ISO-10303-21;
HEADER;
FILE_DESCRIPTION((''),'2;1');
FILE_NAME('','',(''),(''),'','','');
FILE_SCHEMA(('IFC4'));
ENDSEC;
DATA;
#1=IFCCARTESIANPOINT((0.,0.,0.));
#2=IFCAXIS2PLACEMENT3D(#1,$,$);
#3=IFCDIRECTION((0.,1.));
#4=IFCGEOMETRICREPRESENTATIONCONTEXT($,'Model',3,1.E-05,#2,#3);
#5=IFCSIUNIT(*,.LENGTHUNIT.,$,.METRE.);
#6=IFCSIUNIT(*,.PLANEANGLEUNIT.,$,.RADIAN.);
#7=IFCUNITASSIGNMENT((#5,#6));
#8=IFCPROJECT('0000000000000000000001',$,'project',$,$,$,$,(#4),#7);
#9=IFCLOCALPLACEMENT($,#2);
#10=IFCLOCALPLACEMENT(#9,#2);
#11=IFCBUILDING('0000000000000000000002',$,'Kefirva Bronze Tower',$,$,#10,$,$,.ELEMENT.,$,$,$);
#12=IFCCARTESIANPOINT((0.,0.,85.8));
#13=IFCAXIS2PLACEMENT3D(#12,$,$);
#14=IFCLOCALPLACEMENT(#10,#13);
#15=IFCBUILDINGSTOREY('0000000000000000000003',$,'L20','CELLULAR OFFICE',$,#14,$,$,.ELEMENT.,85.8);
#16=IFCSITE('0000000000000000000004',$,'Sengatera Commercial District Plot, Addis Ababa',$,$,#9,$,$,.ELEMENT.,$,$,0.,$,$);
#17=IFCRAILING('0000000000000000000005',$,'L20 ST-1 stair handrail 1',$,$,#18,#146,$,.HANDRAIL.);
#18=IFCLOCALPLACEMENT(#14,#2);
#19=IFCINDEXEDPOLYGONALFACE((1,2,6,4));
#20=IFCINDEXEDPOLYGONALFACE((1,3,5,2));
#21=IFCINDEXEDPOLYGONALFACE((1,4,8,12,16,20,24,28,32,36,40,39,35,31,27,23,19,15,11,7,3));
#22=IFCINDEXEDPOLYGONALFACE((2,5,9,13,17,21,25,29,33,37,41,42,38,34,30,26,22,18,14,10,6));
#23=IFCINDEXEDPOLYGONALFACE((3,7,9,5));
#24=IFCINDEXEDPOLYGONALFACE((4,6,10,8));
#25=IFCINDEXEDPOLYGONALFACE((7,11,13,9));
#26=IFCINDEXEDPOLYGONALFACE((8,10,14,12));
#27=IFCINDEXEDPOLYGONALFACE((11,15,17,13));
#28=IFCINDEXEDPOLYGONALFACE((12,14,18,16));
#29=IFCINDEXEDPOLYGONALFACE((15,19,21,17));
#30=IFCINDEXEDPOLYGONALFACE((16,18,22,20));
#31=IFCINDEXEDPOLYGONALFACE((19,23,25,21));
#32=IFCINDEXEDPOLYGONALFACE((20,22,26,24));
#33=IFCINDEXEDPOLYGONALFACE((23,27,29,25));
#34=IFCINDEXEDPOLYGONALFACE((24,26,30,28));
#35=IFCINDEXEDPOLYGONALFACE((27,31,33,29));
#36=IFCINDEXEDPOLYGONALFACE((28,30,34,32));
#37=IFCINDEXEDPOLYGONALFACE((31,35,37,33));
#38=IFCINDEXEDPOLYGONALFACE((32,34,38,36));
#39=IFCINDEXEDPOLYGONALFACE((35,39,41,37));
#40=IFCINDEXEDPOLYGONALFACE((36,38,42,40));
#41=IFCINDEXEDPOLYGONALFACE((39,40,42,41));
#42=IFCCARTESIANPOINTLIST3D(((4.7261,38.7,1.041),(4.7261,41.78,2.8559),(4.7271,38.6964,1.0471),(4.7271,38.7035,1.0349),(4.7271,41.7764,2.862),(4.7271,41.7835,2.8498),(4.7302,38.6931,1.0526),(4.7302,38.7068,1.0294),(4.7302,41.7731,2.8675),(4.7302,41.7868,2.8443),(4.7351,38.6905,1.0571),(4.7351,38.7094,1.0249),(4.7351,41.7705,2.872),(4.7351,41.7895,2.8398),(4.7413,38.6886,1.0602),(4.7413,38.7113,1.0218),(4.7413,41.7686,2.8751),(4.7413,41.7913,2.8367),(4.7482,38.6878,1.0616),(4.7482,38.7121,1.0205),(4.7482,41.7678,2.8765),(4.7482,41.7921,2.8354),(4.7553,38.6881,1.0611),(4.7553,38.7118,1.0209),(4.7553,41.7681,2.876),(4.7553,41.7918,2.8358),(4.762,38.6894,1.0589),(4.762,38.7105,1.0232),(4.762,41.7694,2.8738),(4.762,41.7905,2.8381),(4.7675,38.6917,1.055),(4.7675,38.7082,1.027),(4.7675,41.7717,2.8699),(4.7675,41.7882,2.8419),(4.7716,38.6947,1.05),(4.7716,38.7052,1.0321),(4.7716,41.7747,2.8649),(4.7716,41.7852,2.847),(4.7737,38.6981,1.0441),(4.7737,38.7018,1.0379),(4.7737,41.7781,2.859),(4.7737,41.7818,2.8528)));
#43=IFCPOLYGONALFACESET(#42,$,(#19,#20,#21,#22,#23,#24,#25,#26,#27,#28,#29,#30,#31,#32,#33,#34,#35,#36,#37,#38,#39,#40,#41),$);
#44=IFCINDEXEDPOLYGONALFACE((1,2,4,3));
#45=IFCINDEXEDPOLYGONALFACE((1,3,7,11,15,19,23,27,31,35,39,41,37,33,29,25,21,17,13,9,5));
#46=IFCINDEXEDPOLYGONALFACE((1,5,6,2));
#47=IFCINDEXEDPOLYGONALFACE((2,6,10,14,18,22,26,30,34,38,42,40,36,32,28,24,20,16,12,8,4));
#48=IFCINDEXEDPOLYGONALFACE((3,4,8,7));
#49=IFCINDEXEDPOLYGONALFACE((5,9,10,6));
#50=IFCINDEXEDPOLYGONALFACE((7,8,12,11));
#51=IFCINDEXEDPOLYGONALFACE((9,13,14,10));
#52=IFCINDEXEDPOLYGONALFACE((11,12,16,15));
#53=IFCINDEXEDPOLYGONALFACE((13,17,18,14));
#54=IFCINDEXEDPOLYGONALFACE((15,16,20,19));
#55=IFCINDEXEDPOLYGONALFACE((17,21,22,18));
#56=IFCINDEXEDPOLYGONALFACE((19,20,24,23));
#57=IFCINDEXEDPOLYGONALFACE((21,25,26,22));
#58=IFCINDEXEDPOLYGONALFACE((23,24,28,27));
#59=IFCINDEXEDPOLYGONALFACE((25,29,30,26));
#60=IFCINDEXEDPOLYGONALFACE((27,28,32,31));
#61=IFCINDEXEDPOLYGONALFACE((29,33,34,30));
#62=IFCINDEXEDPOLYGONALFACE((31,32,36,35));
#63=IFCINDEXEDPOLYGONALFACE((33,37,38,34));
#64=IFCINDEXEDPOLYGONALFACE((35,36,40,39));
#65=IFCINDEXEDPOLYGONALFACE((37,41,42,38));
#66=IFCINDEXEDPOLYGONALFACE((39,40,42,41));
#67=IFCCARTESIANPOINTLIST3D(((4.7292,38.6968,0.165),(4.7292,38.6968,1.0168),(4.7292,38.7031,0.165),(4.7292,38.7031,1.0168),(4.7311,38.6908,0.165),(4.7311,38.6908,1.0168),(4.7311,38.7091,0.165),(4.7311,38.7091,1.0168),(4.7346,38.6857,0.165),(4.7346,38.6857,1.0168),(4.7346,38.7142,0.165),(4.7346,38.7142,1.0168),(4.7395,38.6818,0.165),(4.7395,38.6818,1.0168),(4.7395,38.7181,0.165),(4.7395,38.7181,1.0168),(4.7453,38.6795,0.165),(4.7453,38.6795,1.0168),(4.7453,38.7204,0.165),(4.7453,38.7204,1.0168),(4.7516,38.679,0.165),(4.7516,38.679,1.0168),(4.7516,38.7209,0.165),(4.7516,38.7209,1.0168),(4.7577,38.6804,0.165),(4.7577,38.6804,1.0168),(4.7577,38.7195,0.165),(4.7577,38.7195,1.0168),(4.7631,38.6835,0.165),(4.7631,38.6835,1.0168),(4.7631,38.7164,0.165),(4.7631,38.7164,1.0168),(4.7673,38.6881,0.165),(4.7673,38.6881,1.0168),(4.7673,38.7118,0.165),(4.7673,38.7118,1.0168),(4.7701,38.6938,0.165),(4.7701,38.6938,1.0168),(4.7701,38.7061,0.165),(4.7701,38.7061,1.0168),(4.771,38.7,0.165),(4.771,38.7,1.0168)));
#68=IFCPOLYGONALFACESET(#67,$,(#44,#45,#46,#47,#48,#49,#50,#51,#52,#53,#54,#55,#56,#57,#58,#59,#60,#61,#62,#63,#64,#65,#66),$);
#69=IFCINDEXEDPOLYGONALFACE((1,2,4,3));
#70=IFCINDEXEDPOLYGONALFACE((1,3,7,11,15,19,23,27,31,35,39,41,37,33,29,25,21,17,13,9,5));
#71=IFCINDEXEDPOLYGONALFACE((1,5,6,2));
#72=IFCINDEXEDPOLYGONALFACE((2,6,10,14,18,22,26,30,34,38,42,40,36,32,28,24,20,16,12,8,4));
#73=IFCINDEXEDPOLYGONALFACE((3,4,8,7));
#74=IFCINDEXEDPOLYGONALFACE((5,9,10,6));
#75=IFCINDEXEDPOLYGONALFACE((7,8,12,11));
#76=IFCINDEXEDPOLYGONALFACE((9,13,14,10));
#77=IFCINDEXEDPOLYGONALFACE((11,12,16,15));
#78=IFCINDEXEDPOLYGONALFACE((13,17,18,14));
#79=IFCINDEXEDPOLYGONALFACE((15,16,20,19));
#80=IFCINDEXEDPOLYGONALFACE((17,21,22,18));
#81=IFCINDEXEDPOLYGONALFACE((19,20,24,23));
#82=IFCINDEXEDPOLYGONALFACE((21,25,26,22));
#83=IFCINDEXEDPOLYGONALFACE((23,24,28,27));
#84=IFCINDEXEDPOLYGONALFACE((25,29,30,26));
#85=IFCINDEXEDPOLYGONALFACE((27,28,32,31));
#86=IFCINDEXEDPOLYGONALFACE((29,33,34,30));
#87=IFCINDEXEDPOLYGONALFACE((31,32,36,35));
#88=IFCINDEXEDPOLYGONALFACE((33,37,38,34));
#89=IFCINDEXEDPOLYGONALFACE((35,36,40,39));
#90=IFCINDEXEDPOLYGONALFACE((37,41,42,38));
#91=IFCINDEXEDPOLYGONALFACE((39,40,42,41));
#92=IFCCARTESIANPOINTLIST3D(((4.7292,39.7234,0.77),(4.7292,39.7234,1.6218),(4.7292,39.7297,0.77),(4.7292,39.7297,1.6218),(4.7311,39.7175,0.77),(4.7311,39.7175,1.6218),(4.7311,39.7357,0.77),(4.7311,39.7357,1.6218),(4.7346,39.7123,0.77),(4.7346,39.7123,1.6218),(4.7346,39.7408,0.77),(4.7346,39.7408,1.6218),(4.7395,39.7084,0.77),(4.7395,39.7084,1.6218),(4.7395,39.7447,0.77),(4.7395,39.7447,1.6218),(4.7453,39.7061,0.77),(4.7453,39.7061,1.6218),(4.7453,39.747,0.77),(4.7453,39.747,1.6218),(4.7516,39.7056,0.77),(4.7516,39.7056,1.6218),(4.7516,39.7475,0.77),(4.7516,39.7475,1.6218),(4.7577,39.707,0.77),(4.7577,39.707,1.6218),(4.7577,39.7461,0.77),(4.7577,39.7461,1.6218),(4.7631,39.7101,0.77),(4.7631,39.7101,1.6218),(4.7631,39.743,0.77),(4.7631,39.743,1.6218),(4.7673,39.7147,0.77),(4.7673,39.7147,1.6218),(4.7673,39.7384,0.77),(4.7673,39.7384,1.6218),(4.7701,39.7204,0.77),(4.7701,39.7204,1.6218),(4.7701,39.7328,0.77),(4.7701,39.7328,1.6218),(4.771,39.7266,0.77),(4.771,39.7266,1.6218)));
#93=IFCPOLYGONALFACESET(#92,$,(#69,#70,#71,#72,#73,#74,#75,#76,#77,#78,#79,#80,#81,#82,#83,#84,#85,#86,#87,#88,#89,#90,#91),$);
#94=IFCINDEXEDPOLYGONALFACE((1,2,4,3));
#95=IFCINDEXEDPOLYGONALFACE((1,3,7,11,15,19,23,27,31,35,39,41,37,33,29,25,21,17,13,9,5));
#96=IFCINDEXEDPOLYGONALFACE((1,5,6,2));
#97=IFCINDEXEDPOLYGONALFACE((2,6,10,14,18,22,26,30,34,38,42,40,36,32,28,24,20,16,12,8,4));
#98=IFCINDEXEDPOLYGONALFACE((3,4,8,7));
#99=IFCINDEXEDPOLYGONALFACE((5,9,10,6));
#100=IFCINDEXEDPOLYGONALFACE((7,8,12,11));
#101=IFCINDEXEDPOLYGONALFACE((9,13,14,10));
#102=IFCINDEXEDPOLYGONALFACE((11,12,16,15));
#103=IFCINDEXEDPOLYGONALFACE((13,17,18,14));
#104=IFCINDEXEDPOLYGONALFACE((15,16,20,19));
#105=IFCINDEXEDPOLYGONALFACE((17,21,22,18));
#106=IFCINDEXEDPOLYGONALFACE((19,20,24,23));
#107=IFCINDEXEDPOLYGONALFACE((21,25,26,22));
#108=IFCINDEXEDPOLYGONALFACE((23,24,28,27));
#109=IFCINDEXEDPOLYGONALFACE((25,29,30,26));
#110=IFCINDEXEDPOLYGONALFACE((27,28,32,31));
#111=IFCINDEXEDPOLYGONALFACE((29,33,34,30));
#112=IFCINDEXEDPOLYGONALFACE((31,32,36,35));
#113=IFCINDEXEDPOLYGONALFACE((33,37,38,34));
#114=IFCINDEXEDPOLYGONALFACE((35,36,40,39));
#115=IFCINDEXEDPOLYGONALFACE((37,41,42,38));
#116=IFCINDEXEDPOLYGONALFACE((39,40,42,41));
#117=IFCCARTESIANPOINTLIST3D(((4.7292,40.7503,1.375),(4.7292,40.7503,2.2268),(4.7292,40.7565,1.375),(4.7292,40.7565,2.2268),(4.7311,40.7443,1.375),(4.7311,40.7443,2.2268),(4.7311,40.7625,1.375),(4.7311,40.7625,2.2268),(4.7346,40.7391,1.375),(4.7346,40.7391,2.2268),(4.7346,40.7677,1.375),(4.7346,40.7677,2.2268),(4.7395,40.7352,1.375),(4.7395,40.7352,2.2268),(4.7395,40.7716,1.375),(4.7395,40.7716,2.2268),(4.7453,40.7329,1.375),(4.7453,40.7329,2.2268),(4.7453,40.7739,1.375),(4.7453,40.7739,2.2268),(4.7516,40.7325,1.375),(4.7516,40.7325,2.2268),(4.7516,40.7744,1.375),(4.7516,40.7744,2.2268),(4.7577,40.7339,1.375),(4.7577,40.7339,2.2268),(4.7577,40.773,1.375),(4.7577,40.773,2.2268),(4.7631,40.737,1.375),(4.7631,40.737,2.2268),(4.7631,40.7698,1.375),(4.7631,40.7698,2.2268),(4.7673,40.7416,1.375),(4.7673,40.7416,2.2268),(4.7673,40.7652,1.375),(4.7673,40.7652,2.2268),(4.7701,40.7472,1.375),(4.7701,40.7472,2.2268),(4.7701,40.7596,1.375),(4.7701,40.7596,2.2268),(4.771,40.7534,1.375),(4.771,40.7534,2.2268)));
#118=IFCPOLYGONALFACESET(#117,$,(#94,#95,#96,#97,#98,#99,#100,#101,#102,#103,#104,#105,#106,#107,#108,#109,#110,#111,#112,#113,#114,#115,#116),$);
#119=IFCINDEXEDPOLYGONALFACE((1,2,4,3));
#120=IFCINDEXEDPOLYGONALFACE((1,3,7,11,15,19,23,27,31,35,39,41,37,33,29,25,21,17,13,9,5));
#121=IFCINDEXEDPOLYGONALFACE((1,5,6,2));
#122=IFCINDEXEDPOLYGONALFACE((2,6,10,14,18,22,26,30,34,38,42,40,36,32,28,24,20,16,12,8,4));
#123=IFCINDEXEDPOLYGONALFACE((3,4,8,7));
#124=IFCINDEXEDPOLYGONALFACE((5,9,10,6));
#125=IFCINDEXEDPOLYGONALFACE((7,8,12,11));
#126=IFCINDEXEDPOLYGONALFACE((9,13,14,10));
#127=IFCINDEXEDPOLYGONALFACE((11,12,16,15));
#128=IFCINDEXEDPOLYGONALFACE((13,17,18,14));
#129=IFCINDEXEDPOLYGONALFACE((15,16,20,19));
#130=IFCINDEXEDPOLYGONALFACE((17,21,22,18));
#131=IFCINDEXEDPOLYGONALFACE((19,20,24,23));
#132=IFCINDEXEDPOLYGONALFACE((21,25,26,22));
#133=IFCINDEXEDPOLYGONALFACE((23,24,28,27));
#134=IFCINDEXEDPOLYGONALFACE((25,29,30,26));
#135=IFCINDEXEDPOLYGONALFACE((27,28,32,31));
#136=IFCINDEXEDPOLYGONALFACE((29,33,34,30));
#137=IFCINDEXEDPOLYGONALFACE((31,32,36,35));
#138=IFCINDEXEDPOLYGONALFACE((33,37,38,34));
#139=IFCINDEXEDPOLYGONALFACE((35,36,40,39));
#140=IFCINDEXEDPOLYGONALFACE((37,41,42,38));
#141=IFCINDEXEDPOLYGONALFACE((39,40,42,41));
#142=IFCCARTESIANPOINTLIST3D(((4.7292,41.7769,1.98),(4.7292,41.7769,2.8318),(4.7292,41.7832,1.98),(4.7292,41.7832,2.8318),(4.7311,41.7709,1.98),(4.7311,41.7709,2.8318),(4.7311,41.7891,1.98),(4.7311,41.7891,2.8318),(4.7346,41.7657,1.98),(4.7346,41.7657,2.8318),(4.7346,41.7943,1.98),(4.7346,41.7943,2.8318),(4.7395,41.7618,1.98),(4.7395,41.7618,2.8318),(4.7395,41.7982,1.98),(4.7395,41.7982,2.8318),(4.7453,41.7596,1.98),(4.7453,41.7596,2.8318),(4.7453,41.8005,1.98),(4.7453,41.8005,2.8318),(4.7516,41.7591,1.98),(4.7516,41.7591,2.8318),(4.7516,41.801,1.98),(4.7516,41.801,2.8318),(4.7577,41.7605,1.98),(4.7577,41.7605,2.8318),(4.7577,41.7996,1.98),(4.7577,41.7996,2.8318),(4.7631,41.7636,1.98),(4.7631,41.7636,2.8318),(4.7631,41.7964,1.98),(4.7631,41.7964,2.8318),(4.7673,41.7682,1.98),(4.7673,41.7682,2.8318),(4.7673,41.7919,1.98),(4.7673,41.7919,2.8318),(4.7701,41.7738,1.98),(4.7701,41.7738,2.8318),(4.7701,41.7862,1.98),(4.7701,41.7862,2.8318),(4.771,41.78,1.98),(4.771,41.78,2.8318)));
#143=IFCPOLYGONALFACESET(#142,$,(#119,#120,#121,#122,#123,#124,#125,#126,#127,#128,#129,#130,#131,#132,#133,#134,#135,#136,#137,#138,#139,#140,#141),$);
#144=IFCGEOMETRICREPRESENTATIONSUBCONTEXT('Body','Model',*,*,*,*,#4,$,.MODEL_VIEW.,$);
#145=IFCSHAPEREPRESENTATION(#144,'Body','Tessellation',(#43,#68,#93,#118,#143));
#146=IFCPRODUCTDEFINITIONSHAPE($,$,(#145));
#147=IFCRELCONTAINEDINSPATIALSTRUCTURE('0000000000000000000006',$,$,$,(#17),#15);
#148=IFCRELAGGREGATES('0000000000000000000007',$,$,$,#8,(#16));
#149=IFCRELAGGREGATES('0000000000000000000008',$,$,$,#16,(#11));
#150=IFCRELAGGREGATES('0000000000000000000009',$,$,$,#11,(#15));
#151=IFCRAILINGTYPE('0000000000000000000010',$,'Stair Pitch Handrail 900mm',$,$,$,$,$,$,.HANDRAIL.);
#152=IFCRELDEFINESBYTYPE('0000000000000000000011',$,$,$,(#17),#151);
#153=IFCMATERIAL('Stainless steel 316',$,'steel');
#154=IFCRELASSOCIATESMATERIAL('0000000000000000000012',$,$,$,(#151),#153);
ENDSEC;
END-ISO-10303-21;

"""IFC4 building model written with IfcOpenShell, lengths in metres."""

from ifc_helpers import new_model, si_unit, direction, frame, origin, origin_2d, place, context, subcontext, project, spatial, circle, extrude, material, type_object, element, save


model = new_model("IFC4")

# Units and contexts
model_context = context("Model", 3, precision=1e-05, world=origin(), true_north=direction((0.0, 1.0)))
body_context = subcontext(model_context, "Body", "Model", "MODEL_VIEW")
ifc_project = project(units=[si_unit("LENGTHUNIT", "METRE"), si_unit("PLANEANGLEUNIT", "RADIAN")], contexts=[model_context])

# Site, building, storey
site_placement = place(None, origin())
site = spatial("IfcSite", under=ifc_project, at=site_placement, Name="Sengatera Commercial District Plot, Addis Ababa", CompositionType="ELEMENT", RefElevation=0.0)
building_placement = place(site_placement, origin())
building = spatial("IfcBuilding", under=site, at=building_placement, Name="Kefirva Bronze Tower", CompositionType="ELEMENT")
storey_placement = place(building_placement, frame((0.0, 0.0, 85.8)))
storey = spatial("IfcBuildingStorey", under=building, at=storey_placement, Name="L20", Description="CELLULAR OFFICE", CompositionType="ELEMENT", Elevation=85.8)

# Railing
ifc_material_1 = material(Name="Stainless steel 316", Category="steel")
railing_type_1 = type_object("IfcRailingType", Name="Stair Pitch Handrail 900mm", PredefinedType="HANDRAIL", material=ifc_material_1)
railing_1_placement = place(storey_placement, frame((4.75, 38.7, 0.165)))
element("IfcRailing", 1, at=railing_1_placement, inside=storey, type_object=railing_type_1, Name="L20 ST-1 stair handrail 1", PredefinedType="HANDRAIL", context=body_context, shape_type="SweptSolid", body=[
    extrude(circle(Radius=0.0239, at=origin_2d()), frame((0.0, 0.0, 0.876), z_axis=(0.0, 0.861551, 0.507671), x_axis=(-1.0, 0.0, 0.0)), (0.0, 0.0, 1.0), 3.575),
    extrude(circle(Radius=0.021, at=origin_2d()), origin(), (0.0, 0.0, 1.0), 0.8518),
    extrude(circle(Radius=0.021, at=origin_2d()), frame((0.0, 1.0266, 0.605)), (0.0, 0.0, 1.0), 0.8518),
    extrude(circle(Radius=0.021, at=origin_2d()), frame((0.0, 2.0535, 1.21)), (0.0, 0.0, 1.0), 0.8518),
    extrude(circle(Radius=0.021, at=origin_2d()), frame((0.0, 3.0801, 1.8149)), (0.0, 0.0, 1.0), 0.8518),
])

save(model, "model.ifc")
